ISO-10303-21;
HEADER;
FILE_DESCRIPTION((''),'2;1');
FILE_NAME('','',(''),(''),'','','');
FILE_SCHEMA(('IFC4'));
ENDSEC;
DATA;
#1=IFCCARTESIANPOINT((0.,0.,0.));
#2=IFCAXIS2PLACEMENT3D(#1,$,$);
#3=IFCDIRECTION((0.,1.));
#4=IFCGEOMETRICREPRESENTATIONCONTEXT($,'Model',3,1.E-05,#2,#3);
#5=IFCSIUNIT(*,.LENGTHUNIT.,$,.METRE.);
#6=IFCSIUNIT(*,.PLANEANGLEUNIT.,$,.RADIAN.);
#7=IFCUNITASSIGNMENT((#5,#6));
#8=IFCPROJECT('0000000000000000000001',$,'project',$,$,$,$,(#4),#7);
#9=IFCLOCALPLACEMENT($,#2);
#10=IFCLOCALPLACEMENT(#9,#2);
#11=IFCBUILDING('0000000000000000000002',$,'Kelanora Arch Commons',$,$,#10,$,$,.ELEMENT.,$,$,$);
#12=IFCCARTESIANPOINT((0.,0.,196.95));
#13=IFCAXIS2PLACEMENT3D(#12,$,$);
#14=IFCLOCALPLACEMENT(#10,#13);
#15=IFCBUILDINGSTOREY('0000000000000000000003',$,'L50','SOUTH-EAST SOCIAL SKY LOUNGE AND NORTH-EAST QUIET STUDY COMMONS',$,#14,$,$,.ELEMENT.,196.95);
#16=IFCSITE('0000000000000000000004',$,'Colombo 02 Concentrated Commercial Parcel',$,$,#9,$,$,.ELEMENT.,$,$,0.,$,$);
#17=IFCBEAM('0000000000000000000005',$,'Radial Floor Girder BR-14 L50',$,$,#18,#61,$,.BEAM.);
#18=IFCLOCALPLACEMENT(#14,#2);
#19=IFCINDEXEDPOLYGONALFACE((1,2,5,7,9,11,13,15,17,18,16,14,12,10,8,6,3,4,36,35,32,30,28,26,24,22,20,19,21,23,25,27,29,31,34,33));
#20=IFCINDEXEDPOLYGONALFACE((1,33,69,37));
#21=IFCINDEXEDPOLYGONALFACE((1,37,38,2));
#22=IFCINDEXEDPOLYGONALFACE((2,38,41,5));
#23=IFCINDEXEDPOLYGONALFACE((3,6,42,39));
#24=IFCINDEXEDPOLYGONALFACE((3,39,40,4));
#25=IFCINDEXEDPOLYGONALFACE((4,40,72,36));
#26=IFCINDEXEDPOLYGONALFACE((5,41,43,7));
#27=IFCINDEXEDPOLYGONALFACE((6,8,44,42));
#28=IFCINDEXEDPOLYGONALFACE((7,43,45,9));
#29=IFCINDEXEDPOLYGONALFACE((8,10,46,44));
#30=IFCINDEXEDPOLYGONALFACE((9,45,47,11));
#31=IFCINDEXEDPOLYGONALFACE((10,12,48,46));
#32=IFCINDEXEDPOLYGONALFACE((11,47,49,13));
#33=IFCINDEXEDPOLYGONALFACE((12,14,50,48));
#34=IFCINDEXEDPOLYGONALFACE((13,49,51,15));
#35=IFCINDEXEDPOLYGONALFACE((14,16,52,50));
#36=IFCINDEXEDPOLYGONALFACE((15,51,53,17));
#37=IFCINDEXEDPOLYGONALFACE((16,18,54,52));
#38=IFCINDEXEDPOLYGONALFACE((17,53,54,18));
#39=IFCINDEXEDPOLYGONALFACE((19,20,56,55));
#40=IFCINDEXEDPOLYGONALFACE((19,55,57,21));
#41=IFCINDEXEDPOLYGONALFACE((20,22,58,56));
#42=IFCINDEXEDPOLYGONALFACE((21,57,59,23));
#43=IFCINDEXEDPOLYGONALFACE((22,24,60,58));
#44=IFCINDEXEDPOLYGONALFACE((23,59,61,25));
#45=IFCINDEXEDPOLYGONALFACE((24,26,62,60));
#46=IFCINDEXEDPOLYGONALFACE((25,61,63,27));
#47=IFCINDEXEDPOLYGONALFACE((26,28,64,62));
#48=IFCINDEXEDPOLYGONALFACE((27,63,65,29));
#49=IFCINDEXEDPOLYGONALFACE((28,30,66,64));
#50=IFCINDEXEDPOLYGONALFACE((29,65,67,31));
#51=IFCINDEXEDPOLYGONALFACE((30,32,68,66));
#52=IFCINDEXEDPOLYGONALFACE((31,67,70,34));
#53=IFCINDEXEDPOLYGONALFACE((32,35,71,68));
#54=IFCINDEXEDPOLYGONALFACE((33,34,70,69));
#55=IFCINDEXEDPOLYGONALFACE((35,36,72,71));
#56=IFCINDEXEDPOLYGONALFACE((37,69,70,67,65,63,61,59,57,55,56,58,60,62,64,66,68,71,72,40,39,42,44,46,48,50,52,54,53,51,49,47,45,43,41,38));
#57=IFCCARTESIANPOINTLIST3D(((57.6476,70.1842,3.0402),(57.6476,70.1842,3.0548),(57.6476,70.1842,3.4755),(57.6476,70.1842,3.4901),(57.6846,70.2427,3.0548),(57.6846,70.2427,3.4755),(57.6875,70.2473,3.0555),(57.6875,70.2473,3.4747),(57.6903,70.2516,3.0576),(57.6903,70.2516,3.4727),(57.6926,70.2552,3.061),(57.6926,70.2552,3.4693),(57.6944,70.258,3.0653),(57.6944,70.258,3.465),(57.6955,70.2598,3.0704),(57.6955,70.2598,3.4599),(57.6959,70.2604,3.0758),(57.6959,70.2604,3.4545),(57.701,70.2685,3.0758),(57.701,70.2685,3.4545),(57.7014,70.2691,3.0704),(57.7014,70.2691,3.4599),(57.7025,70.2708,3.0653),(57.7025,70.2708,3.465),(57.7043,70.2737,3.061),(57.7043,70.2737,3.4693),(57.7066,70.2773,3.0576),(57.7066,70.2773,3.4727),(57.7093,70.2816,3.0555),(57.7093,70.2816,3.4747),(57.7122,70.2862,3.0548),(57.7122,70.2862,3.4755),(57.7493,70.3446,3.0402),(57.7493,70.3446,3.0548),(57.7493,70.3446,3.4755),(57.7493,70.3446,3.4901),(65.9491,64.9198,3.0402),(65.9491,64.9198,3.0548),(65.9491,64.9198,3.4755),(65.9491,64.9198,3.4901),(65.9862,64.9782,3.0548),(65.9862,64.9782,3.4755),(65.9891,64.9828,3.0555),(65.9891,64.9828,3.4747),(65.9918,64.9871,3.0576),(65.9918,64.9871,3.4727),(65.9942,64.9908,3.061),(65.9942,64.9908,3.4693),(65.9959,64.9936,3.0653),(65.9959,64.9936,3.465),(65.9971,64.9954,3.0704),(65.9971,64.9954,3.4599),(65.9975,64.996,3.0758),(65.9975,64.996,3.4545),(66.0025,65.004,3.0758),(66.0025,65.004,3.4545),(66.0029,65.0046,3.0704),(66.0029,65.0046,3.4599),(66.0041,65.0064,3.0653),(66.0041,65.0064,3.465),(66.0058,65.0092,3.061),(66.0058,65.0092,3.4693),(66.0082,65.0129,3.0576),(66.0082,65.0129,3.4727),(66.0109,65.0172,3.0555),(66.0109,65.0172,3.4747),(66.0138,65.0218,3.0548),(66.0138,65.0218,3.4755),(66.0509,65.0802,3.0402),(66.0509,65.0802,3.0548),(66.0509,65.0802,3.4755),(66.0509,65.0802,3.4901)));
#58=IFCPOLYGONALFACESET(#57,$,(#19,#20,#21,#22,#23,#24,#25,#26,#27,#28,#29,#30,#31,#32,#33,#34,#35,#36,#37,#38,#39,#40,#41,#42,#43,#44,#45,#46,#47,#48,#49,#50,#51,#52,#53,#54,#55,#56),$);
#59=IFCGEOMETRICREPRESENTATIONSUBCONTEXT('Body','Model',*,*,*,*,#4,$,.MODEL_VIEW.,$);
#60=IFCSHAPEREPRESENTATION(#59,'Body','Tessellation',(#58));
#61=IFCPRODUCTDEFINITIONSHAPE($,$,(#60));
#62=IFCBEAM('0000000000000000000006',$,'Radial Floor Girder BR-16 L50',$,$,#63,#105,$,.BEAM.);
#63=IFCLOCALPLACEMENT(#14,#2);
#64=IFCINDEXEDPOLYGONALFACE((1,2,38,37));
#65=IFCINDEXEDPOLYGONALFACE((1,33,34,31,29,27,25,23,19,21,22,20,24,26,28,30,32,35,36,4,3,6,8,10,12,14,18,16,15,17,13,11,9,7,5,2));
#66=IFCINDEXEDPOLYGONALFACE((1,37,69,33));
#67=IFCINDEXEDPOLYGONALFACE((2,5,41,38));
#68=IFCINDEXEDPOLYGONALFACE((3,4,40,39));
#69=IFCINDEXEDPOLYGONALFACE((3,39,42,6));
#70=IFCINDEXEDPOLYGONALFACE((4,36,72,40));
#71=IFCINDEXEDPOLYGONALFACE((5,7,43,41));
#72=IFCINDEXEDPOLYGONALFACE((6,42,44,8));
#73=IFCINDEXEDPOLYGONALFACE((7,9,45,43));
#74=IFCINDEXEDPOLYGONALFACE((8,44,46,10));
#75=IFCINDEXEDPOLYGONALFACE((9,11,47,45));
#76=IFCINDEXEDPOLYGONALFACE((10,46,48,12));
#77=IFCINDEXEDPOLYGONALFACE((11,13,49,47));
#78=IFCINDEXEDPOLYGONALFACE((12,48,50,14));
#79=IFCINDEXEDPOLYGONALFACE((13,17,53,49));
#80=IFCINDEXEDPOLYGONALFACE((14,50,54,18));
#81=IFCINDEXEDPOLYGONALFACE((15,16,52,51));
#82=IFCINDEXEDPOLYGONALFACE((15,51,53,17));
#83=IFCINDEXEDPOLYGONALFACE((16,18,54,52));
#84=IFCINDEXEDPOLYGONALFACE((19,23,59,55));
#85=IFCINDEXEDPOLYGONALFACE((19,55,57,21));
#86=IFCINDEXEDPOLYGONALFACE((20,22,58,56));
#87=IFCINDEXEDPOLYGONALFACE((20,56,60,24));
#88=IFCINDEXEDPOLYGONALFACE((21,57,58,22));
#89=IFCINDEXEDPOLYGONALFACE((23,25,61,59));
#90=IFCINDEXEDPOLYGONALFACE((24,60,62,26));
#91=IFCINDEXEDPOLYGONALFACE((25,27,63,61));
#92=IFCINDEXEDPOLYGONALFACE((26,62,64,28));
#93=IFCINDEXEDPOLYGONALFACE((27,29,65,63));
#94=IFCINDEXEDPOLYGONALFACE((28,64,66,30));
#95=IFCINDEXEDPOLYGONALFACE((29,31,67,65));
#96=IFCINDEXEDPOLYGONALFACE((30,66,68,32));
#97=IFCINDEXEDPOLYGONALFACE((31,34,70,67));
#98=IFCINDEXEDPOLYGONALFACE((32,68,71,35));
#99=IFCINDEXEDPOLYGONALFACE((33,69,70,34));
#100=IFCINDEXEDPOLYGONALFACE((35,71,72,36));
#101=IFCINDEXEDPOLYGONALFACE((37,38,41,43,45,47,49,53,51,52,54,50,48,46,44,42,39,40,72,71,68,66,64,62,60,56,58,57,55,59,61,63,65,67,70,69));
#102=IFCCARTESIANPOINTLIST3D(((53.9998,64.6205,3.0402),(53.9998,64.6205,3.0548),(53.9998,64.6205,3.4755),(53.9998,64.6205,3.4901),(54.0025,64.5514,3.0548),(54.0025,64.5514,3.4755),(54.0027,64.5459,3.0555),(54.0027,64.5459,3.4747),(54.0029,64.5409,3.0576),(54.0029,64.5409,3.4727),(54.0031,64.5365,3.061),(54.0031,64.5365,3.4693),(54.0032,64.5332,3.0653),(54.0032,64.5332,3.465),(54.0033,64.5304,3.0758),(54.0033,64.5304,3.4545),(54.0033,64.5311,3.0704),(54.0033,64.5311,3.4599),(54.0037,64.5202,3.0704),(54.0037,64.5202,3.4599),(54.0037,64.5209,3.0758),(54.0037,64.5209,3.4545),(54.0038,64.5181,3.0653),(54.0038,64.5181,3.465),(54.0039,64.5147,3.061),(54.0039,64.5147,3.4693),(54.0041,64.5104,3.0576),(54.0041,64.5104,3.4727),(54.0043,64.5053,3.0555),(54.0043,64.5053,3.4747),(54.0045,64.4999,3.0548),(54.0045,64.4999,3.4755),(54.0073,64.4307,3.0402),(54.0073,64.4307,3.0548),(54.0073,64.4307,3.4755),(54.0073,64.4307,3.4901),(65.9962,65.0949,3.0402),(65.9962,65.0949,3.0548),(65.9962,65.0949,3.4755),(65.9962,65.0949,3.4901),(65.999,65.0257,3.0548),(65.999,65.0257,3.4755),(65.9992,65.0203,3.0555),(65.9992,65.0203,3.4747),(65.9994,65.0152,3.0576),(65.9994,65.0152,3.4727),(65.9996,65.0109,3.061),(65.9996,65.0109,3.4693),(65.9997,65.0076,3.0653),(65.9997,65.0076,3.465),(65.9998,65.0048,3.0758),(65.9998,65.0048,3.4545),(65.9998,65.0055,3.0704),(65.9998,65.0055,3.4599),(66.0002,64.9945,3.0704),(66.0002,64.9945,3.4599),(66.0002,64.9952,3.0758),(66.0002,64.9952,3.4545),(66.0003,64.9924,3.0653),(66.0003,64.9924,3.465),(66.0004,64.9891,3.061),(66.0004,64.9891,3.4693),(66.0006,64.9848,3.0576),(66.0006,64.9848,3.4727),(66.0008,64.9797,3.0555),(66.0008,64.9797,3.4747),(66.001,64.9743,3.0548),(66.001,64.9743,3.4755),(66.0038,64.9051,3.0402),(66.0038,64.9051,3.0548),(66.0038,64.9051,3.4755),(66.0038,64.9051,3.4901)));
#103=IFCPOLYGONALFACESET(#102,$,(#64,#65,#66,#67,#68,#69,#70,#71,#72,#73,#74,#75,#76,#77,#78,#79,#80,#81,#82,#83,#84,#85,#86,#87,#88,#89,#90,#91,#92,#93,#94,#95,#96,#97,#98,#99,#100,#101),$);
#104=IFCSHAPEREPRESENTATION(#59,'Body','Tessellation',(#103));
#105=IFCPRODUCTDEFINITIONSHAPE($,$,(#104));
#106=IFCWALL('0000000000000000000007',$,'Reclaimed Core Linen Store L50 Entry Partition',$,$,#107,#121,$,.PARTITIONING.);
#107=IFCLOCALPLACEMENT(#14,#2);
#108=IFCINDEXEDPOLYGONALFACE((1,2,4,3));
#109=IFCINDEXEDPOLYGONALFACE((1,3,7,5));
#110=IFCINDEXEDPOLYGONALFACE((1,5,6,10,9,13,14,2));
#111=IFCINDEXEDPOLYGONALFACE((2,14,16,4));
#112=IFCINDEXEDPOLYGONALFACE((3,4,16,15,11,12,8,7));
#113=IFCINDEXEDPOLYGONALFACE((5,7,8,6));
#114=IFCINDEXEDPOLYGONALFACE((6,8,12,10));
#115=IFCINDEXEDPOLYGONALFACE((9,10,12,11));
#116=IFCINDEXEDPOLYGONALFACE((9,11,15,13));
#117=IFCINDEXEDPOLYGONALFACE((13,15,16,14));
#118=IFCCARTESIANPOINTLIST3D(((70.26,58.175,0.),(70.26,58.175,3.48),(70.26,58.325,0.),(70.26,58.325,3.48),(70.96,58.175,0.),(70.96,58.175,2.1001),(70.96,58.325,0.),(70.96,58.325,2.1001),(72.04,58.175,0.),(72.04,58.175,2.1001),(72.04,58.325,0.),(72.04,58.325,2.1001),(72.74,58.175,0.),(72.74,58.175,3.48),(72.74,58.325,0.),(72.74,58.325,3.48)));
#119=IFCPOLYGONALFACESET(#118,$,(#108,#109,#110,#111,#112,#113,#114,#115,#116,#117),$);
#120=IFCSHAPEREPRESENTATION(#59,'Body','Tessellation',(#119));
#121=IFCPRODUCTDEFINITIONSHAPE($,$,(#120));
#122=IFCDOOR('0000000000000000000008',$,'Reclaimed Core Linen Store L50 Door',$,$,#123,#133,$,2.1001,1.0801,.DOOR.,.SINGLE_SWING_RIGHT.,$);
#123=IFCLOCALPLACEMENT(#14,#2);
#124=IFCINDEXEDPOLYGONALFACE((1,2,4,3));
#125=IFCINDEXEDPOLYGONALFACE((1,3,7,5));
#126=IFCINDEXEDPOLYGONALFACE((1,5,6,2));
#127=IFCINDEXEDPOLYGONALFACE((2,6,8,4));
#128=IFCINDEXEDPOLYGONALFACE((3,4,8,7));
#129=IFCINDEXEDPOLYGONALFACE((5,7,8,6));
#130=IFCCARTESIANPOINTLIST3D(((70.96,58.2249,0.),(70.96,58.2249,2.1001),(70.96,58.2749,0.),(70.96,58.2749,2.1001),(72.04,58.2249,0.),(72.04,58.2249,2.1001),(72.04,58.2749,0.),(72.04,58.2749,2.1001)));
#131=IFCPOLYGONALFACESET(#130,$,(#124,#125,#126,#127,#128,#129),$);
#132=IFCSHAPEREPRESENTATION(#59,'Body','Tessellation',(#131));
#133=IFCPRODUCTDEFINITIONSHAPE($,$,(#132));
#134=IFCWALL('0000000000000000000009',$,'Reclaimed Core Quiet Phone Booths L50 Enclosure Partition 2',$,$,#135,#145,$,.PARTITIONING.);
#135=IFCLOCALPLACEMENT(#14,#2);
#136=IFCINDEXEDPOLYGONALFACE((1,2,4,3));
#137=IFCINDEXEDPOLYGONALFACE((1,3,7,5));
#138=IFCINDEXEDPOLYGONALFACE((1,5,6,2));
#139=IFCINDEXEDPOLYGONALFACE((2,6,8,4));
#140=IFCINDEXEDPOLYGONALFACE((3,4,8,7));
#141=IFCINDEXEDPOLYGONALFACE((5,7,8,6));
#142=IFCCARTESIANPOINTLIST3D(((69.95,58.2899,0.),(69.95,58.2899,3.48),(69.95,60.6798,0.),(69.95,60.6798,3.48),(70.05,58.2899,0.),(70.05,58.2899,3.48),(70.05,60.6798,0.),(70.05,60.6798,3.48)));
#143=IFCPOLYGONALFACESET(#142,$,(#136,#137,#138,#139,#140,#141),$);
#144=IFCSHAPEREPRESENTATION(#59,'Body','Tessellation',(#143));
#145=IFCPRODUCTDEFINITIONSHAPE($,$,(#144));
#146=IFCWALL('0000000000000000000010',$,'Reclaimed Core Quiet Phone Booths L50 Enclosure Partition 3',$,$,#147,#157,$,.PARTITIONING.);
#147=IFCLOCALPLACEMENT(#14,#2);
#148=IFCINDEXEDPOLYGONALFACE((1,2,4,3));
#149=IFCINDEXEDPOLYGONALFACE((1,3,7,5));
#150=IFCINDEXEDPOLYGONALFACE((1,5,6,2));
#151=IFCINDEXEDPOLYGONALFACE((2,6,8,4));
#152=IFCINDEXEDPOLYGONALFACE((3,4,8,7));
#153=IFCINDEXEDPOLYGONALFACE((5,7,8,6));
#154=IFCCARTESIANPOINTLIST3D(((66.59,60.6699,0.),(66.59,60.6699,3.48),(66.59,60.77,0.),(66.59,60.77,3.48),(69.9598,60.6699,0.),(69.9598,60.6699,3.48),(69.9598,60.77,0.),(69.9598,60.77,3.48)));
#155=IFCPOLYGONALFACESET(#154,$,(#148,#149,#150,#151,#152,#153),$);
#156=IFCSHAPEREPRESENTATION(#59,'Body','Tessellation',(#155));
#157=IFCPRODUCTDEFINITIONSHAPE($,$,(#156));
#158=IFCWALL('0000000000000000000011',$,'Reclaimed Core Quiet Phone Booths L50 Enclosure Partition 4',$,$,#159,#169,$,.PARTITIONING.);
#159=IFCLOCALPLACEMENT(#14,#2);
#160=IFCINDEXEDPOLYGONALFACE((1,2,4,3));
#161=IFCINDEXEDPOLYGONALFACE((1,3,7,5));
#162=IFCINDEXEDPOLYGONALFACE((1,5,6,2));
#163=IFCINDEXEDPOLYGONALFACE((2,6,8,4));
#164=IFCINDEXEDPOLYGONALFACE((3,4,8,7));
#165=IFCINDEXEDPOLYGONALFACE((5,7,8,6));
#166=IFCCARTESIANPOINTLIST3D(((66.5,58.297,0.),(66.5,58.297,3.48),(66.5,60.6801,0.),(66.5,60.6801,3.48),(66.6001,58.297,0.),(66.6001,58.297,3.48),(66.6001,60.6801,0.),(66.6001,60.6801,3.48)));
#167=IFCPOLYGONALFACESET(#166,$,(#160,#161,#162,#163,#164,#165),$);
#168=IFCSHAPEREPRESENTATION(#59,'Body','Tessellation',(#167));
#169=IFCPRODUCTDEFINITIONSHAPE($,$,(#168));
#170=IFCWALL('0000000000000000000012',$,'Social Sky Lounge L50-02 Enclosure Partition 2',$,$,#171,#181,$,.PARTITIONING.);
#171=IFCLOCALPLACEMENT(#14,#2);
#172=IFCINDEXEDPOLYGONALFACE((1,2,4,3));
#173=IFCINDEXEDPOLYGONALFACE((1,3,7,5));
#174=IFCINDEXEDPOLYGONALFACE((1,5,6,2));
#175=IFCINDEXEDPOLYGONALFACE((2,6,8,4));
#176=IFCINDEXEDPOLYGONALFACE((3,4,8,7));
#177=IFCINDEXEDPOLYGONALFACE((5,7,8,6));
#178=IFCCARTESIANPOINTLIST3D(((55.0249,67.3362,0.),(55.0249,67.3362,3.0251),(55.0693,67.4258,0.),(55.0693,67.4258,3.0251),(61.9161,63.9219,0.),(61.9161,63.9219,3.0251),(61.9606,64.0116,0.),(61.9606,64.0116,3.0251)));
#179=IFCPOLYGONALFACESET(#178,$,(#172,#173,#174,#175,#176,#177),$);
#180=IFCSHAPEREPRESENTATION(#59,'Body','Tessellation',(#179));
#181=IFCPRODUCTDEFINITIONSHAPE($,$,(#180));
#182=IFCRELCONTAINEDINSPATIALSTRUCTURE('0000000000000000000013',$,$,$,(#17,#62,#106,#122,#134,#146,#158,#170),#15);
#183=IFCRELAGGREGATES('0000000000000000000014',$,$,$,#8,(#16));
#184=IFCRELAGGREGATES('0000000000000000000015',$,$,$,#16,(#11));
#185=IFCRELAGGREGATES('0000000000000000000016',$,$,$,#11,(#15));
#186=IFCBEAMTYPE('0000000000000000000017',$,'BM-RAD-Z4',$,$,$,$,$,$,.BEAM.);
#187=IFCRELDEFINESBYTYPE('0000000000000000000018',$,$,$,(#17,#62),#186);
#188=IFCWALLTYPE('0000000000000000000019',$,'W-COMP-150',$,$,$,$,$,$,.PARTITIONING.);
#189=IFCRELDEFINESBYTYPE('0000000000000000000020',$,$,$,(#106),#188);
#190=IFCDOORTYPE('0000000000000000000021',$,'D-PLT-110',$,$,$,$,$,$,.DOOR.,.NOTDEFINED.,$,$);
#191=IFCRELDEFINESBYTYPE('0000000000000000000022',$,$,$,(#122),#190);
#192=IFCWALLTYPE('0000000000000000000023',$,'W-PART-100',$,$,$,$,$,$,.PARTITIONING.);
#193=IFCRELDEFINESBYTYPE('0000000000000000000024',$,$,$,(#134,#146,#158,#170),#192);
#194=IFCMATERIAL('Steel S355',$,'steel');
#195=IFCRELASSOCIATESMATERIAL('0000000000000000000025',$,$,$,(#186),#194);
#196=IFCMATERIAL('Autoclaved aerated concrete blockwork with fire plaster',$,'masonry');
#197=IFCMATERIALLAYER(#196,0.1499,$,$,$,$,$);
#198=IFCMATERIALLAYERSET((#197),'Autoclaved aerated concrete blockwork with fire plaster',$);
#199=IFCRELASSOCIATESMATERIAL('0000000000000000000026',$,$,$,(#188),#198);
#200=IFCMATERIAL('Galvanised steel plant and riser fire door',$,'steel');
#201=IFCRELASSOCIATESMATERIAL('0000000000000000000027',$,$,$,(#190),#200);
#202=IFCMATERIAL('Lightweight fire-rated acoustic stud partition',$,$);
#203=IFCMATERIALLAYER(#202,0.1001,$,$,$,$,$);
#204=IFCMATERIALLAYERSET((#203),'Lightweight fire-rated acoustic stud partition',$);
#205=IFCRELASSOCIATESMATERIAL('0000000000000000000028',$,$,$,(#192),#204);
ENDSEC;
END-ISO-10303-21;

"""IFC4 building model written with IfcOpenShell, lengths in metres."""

from ifc_helpers import new_model, si_unit, direction, frame, frame_2d, origin, origin_2d, place, context, subcontext, project, spatial, rectangle, i_section, extrude, material, layer, layer_set, material_profile, profile_set, type_object, element, fill, save


model = new_model("IFC4")

# Units and contexts
model_context = context("Model", 3, precision=1e-05, world=origin(), true_north=direction((0.0, 1.0)))
body_context = subcontext(model_context, "Body", "Model", "MODEL_VIEW")
ifc_project = project(units=[si_unit("LENGTHUNIT", "METRE"), si_unit("PLANEANGLEUNIT", "RADIAN")], contexts=[model_context])

# Site, building, storey
site_placement = place(None, origin())
site = spatial("IfcSite", under=ifc_project, at=site_placement, Name="Colombo 02 Concentrated Commercial Parcel", CompositionType="ELEMENT", RefElevation=0.0)
building_placement = place(site_placement, origin())
building = spatial("IfcBuilding", under=site, at=building_placement, Name="Kelanora Arch Commons", CompositionType="ELEMENT")
storey_placement = place(building_placement, frame((0.0, 0.0, 196.95)))
storey = spatial("IfcBuildingStorey", under=building, at=storey_placement, Name="L50", Description="SOUTH-EAST SOCIAL SKY LOUNGE AND NORTH-EAST QUIET STUDY COMMONS", CompositionType="ELEMENT", Elevation=196.95)

# Beams
ifc_material_1 = material(Name="Steel S355", Category="steel")
ifc_material_profile_1 = material_profile(ifc_material_1, i_section(OverallWidth=0.1899, OverallDepth=0.45, WebThickness=0.0095, FlangeThickness=0.0146, FilletRadius=0.021, at=origin_2d()), Name="IPE450")
ifc_profile_set_1 = profile_set([ifc_material_profile_1], Name="Steel S355")
beam_type_1 = type_object("IfcBeamType", Name="BM-RAD-Z4", PredefinedType="BEAM", material=ifc_profile_set_1)
beam_1_placement = place(storey_placement, frame((66.0, 65.0, 3.2651), z_axis=(-0.844507, 0.535544, 0.0), x_axis=(-0.535544, -0.844507, 0.0)))
element("IfcBeam", 1, at=beam_1_placement, inside=storey, type_object=beam_type_1, Name="Radial Floor Girder BR-14 L50", PredefinedType="BEAM", context=body_context, shape_type="SweptSolid", body=[
    extrude(i_section(OverallWidth=0.1899, OverallDepth=0.45, WebThickness=0.0095, FlangeThickness=0.0146, FilletRadius=0.021, at=origin_2d()), origin(), (0.0, 0.0, 1.0), 9.8301),
])
beam_2_placement = place(storey_placement, frame((66.0, 65.0, 3.2651), z_axis=(-0.999219, -0.039511, 0.0), x_axis=(0.039511, -0.999219, 0.0)))
element("IfcBeam", 2, at=beam_2_placement, inside=storey, type_object=beam_type_1, Name="Radial Floor Girder BR-16 L50", PredefinedType="BEAM", context=body_context, shape_type="SweptSolid", body=[
    extrude(i_section(OverallWidth=0.1899, OverallDepth=0.45, WebThickness=0.0095, FlangeThickness=0.0146, FilletRadius=0.021, at=origin_2d()), origin(), (0.0, 0.0, 1.0), 12.0059),
])

# Wall, opening, door
ifc_material_2 = material(Name="Autoclaved aerated concrete blockwork with fire plaster", Category="masonry")
ifc_layer_1 = layer(ifc_material_2, 0.1499)
ifc_layer_set_1 = layer_set([ifc_layer_1], Name="Autoclaved aerated concrete blockwork with fire plaster")
wall_type_1 = type_object("IfcWallType", Name="W-COMP-150", PredefinedType="PARTITIONING", material=ifc_layer_set_1)
wall_1_placement = place(storey_placement, frame((70.26, 58.25, 0.0), z_axis=(0.0, 0.0, 1.0), x_axis=(1.0, 0.0, 0.0)))
wall_1 = element("IfcWall", 3, at=wall_1_placement, inside=storey, type_object=wall_type_1, Name="Reclaimed Core Linen Store L50 Entry Partition", PredefinedType="PARTITIONING", context=body_context, shape_type="SweptSolid", body=[
    extrude(rectangle(XDim=2.48, YDim=0.1499, at=frame_2d((1.24, 0.0))), origin(), (0.0, 0.0, 1.0), 3.48),
])
opening_1_placement = place(wall_1_placement, frame((0.7, 0.0, 0.0)))
opening_1 = element("IfcOpeningElement", 4, at=opening_1_placement, cuts=wall_1, PredefinedType="OPENING", context=body_context, shape_type="SweptSolid", body=[
    extrude(rectangle(XDim=1.0801, YDim=2.1001, at=frame_2d((0.54, 1.05))), frame((0.0, 0.085, 0.0), z_axis=(0.0, -1.0, 0.0), x_axis=(1.0, 0.0, 0.0)), (0.0, 0.0, 1.0), 0.1699),
])
ifc_material_3 = material(Name="Galvanised steel plant and riser fire door", Category="steel")
door_type_1 = type_object("IfcDoorType", Name="D-PLT-110", OperationType="NOTDEFINED", PredefinedType="DOOR", material=ifc_material_3)
door_1_placement = place(opening_1_placement, origin())
door_1 = element("IfcDoor", 5, at=door_1_placement, inside=storey, type_object=door_type_1, Name="Reclaimed Core Linen Store L50 Door", OperationType="SINGLE_SWING_RIGHT", OverallHeight=2.1001, OverallWidth=1.0801, PredefinedType="DOOR", context=body_context, shape_type="SweptSolid", body=[
    extrude(rectangle(XDim=1.0801, YDim=2.1001, at=frame_2d((0.54, 1.05))), frame((0.0, 0.0249, 0.0), z_axis=(0.0, -1.0, 0.0), x_axis=(1.0, 0.0, 0.0)), (0.0, 0.0, 1.0), 0.05),
])
fill(opening_1, door_1)

# Walls
ifc_material_4 = material(Name="Lightweight fire-rated acoustic stud partition")
ifc_layer_2 = layer(ifc_material_4, 0.1001)
ifc_layer_set_2 = layer_set([ifc_layer_2], Name="Lightweight fire-rated acoustic stud partition")
wall_type_2 = type_object("IfcWallType", Name="W-PART-100", PredefinedType="PARTITIONING", material=ifc_layer_set_2)
wall_2_placement = place(storey_placement, frame((70.0, 58.29, 0.0), z_axis=(0.0, 0.0, 1.0), x_axis=(0.0, 1.0, 0.0)))
element("IfcWall", 6, at=wall_2_placement, inside=storey, type_object=wall_type_2, Name="Reclaimed Core Quiet Phone Booths L50 Enclosure Partition 2", PredefinedType="PARTITIONING", context=body_context, shape_type="SweptSolid", body=[
    extrude(rectangle(XDim=2.3899, YDim=0.1001, at=frame_2d((1.1948, 0.0))), origin(), (0.0, 0.0, 1.0), 3.48),
])
wall_3_placement = place(storey_placement, frame((69.96, 60.72, 0.0), z_axis=(0.0, 0.0, 1.0), x_axis=(-1.0, 0.0, 0.0)))
element("IfcWall", 7, at=wall_3_placement, inside=storey, type_object=wall_type_2, Name="Reclaimed Core Quiet Phone Booths L50 Enclosure Partition 3", PredefinedType="PARTITIONING", context=body_context, shape_type="SweptSolid", body=[
    extrude(rectangle(XDim=3.3699, YDim=0.1001, at=frame_2d((1.6851, 0.0))), origin(), (0.0, 0.0, 1.0), 3.48),
])
wall_4_placement = place(storey_placement, frame((66.55, 60.6799, 0.0), z_axis=(0.0, 0.0, 1.0), x_axis=(0.0, -1.0, 0.0)))
element("IfcWall", 8, at=wall_4_placement, inside=storey, type_object=wall_type_2, Name="Reclaimed Core Quiet Phone Booths L50 Enclosure Partition 4", PredefinedType="PARTITIONING", context=body_context, shape_type="SweptSolid", body=[
    extrude(rectangle(XDim=2.3831, YDim=0.1001, at=frame_2d((1.1914, 0.0))), origin(), (0.0, 0.0, 1.0), 3.48),
])
wall_5_placement = place(storey_placement, frame((61.9382, 63.9668, 0.0), z_axis=(0.0, 0.0, 1.0), x_axis=(-0.896053, 0.443947, 0.0)))
element("IfcWall", 9, at=wall_5_placement, inside=storey, type_object=wall_type_2, Name="Social Sky Lounge L50-02 Enclosure Partition 2", PredefinedType="PARTITIONING", context=body_context, shape_type="SweptSolid", body=[
    extrude(rectangle(XDim=7.6907, YDim=0.1001, at=frame_2d((3.8452, 0.0))), origin(), (0.0, 0.0, 1.0), 3.0251),
])

save(model, "model.ifc")
